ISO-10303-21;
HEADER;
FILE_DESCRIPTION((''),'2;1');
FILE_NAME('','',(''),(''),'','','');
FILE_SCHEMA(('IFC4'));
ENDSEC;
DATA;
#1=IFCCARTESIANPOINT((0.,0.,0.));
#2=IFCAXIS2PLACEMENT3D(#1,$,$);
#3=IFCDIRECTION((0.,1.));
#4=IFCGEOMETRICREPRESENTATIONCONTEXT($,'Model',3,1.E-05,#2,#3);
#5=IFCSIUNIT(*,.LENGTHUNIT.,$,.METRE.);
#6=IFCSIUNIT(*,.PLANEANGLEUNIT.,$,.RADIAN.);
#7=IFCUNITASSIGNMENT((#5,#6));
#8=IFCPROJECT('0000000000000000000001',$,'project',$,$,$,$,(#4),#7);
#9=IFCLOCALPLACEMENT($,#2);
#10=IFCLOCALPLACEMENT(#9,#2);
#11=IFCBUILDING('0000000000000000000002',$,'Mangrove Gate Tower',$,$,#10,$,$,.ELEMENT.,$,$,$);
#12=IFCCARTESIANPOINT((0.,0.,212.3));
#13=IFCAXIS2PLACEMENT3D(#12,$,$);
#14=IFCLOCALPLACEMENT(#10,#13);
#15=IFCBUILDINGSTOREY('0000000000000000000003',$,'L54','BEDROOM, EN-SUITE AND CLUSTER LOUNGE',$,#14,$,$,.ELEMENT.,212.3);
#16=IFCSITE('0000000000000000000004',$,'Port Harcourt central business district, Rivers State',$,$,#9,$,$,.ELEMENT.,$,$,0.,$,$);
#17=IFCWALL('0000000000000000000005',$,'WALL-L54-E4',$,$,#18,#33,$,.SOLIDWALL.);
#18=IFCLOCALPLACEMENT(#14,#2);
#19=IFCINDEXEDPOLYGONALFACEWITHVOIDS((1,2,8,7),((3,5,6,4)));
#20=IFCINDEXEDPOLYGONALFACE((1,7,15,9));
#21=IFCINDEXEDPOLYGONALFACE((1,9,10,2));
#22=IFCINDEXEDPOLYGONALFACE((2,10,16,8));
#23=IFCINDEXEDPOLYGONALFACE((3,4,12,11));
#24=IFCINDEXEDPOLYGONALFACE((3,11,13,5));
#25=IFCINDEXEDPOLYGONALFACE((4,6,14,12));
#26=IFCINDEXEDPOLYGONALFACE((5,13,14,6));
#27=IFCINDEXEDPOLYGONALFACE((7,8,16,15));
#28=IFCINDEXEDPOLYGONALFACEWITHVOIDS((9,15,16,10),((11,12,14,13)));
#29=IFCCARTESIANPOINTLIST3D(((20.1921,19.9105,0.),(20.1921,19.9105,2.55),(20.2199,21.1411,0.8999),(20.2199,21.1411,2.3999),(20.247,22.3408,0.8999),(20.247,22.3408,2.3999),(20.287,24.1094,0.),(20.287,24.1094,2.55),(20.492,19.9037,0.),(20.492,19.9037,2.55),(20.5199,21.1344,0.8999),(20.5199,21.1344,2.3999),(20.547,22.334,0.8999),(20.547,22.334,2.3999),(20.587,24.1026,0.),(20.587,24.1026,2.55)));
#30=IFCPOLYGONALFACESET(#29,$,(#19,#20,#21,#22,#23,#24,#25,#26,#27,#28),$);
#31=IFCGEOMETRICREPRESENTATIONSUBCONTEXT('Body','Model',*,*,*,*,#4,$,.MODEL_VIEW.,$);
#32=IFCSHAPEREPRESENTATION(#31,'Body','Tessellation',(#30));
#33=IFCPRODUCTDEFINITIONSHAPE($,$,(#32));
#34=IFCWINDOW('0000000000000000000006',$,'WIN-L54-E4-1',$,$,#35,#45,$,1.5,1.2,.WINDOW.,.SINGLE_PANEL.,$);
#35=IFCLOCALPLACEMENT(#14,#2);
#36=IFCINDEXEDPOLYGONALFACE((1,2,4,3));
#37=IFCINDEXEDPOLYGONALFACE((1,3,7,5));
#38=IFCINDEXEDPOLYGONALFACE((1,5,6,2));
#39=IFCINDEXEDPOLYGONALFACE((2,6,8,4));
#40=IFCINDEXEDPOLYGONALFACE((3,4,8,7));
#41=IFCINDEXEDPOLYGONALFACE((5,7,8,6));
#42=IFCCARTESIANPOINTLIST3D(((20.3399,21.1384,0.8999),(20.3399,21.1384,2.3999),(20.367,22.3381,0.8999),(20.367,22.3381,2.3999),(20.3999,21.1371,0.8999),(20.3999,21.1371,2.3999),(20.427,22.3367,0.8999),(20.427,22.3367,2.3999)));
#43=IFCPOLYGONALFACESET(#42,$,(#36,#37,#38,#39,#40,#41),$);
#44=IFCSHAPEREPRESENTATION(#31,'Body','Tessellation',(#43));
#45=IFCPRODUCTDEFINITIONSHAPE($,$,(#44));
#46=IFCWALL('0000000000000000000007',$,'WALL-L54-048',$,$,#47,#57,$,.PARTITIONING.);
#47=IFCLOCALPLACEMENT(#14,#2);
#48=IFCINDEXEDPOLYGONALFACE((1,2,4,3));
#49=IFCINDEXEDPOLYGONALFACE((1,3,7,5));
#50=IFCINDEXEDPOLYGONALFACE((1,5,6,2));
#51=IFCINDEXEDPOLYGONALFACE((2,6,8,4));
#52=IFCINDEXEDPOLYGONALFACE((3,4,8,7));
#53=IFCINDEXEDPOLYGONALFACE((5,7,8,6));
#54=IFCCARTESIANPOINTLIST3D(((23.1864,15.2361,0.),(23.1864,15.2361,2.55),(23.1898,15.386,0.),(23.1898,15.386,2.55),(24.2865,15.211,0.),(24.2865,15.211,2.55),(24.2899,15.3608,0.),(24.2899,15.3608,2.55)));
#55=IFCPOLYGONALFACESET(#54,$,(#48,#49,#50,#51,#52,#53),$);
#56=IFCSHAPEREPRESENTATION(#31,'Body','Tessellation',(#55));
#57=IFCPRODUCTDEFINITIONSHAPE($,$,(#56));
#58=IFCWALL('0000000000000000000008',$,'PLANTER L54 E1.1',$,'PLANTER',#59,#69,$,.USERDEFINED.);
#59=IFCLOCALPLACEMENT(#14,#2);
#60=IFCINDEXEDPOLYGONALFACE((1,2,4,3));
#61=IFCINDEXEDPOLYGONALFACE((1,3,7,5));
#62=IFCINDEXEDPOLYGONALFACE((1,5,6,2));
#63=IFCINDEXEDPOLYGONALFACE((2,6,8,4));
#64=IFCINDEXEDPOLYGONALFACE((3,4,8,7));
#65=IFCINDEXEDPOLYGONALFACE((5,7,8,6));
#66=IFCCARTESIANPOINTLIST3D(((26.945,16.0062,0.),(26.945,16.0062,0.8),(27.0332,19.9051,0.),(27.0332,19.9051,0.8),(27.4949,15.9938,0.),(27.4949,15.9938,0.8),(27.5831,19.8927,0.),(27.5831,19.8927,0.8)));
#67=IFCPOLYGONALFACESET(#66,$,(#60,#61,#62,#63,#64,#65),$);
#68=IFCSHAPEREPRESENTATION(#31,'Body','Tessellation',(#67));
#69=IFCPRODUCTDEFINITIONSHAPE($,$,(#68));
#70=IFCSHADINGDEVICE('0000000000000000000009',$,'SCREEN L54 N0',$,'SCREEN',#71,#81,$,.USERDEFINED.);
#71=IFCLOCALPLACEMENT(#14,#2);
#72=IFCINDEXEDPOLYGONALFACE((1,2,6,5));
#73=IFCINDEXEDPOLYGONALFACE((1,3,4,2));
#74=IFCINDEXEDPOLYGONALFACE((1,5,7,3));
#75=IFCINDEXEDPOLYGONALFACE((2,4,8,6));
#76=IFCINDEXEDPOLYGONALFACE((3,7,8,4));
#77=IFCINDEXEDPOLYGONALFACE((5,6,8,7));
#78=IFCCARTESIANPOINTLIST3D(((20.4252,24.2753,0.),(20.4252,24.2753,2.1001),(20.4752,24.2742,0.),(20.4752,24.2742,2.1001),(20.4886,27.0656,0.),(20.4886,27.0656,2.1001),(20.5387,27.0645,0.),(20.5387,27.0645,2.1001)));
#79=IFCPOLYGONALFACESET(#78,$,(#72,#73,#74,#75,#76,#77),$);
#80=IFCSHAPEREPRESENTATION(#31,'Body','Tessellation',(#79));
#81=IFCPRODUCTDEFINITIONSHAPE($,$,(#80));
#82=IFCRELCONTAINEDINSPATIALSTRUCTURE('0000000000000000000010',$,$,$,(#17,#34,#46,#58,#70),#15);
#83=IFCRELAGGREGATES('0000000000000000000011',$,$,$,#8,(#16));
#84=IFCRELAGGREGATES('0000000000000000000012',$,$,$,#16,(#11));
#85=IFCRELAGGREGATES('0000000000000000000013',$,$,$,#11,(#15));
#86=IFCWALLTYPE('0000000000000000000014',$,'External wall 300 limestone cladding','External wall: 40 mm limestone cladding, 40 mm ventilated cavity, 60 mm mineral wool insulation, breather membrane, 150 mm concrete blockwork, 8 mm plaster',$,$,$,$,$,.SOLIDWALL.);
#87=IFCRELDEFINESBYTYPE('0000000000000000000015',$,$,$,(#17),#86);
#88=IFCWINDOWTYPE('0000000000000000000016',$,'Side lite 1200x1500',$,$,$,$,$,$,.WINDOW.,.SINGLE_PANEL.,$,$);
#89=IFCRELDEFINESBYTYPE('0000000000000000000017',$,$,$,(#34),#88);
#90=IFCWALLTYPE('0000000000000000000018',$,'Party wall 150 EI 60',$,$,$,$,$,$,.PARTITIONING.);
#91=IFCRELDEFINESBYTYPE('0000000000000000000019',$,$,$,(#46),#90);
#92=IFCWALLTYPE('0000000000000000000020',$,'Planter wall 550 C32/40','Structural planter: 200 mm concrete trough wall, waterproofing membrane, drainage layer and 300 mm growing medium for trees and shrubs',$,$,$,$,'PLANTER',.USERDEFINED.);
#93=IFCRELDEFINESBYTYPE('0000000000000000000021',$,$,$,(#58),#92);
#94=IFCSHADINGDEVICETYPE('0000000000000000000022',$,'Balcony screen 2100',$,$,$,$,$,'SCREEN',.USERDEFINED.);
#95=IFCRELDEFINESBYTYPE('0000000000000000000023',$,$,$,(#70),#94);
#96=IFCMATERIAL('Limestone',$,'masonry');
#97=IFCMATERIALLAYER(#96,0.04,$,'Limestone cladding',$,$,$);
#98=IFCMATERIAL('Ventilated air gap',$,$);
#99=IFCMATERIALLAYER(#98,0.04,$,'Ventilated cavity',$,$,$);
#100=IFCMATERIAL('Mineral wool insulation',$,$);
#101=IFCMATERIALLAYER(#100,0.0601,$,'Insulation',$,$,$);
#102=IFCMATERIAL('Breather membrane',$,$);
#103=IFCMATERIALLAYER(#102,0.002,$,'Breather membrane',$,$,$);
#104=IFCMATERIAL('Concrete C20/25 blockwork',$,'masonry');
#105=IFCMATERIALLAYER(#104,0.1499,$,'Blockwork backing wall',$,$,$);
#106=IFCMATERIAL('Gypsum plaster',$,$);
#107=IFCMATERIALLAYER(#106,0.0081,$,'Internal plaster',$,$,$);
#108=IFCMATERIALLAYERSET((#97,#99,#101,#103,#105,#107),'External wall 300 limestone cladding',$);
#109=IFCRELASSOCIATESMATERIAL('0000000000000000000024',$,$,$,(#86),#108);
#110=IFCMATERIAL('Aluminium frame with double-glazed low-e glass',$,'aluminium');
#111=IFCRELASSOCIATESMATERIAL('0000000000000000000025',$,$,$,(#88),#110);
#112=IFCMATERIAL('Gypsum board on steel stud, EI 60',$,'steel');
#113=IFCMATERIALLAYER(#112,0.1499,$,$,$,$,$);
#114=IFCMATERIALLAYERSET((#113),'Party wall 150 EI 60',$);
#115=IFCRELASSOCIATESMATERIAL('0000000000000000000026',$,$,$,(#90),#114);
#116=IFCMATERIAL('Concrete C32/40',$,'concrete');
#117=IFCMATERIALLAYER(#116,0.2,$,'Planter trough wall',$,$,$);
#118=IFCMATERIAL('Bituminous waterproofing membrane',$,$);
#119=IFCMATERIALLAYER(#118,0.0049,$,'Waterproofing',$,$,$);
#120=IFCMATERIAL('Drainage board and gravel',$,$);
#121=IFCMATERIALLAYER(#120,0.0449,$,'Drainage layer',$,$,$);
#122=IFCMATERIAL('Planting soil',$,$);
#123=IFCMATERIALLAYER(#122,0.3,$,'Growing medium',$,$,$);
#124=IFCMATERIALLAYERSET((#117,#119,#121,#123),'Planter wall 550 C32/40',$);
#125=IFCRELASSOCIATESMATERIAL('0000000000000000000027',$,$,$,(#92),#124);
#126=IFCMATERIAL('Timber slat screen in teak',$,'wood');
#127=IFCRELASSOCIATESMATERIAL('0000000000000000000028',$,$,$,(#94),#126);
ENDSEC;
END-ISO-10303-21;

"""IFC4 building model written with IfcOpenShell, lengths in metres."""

from ifc_helpers import new_model, si_unit, direction, frame, frame_2d, origin, origin_2d, place, context, subcontext, project, spatial, rectangle, extrude, material, layer, layer_set, type_object, element, fill, save


model = new_model("IFC4")

# Units and contexts
model_context = context("Model", 3, precision=1e-05, world=origin(), true_north=direction((0.0, 1.0)))
body_context = subcontext(model_context, "Body", "Model", "MODEL_VIEW")
ifc_project = project(units=[si_unit("LENGTHUNIT", "METRE"), si_unit("PLANEANGLEUNIT", "RADIAN")], contexts=[model_context])

# Site, building, storey
site_placement = place(None, origin())
site = spatial("IfcSite", under=ifc_project, at=site_placement, Name="Port Harcourt central business district, Rivers State", CompositionType="ELEMENT", RefElevation=0.0)
building_placement = place(site_placement, origin())
building = spatial("IfcBuilding", under=site, at=building_placement, Name="Mangrove Gate Tower", CompositionType="ELEMENT")
storey_placement = place(building_placement, frame((0.0, 0.0, 212.3)))
storey = spatial("IfcBuildingStorey", under=building, at=storey_placement, Name="L54", Description="BEDROOM, EN-SUITE AND CLUSTER LOUNGE", CompositionType="ELEMENT", Elevation=212.3)

# Wall, opening, window
ifc_material_1 = material(Name="Limestone", Category="masonry")
ifc_layer_1 = layer(ifc_material_1, 0.04, Name="Limestone cladding")
ifc_material_2 = material(Name="Ventilated air gap")
ifc_layer_2 = layer(ifc_material_2, 0.04, Name="Ventilated cavity")
ifc_material_3 = material(Name="Mineral wool insulation")
ifc_layer_3 = layer(ifc_material_3, 0.0601, Name="Insulation")
ifc_material_4 = material(Name="Breather membrane")
ifc_layer_4 = layer(ifc_material_4, 0.002, Name="Breather membrane")
ifc_material_5 = material(Name="Concrete C20/25 blockwork", Category="masonry")
ifc_layer_5 = layer(ifc_material_5, 0.1499, Name="Blockwork backing wall")
ifc_material_6 = material(Name="Gypsum plaster")
ifc_layer_6 = layer(ifc_material_6, 0.0081, Name="Internal plaster")
ifc_layer_set_1 = layer_set([ifc_layer_1, ifc_layer_2, ifc_layer_3, ifc_layer_4, ifc_layer_5, ifc_layer_6], Name="External wall 300 limestone cladding")
wall_type_1 = type_object("IfcWallType", Name="External wall 300 limestone cladding", Description="External wall: 40 mm limestone cladding, 40 mm ventilated cavity, 60 mm mineral wool insulation, breather membrane, 150 mm concrete blockwork, 8 mm plaster", PredefinedType="SOLIDWALL", material=ifc_layer_set_1)
ifc_material_7 = material(Name="Aluminium frame with double-glazed low-e glass", Category="aluminium")
window_type_1 = type_object("IfcWindowType", Name="Side lite 1200x1500", PartitioningType="SINGLE_PANEL", PredefinedType="WINDOW", material=ifc_material_7)
wall_1_placement = place(storey_placement, frame((20.342, 19.907, 0.0), z_axis=(0.0, 0.0, 1.0), x_axis=(0.022612, 0.999744, 0.0)))
wall_1 = element("IfcWall", 1, at=wall_1_placement, inside=storey, type_object=wall_type_1, Name="WALL-L54-E4", PredefinedType="SOLIDWALL", context=body_context, shape_type="SweptSolid", body=[
    extrude(rectangle(XDim=4.2, YDim=0.3, at=frame_2d((2.1001, 0.0))), origin(), (0.0, 0.0, 1.0), 2.55),
])
opening_1_placement = place(wall_1_placement, frame((1.231, 0.0, 0.8999)))
opening_1 = element("IfcOpeningElement", 2, at=opening_1_placement, cuts=wall_1, PredefinedType="OPENING", context=body_context, shape_type="SweptSolid", body=[
    extrude(rectangle(XDim=1.2, YDim=1.5, at=frame_2d((0.6001, 0.75))), frame((0.0, 0.1599, 0.0), z_axis=(0.0, -1.0, 0.0), x_axis=(1.0, 0.0, 0.0)), (0.0, 0.0, 1.0), 0.3201),
])
window_1_placement = place(opening_1_placement, origin())
window_1 = element("IfcWindow", 3, at=window_1_placement, inside=storey, type_object=window_type_1, Name="WIN-L54-E4-1", OverallHeight=1.5, OverallWidth=1.2, PartitioningType="SINGLE_PANEL", PredefinedType="WINDOW", context=body_context, shape_type="SweptSolid", body=[
    extrude(rectangle(XDim=1.2, YDim=1.5, at=frame_2d((0.6001, 0.75))), frame((0.0, 0.03, 0.0), z_axis=(0.0, -1.0, 0.0), x_axis=(1.0, 0.0, 0.0)), (0.0, 0.0, 1.0), 0.0601),
])
fill(opening_1, window_1)

# Walls
ifc_material_8 = material(Name="Gypsum board on steel stud, EI 60", Category="steel")
ifc_layer_7 = layer(ifc_material_8, 0.1499)
ifc_layer_set_2 = layer_set([ifc_layer_7], Name="Party wall 150 EI 60")
wall_type_2 = type_object("IfcWallType", Name="Party wall 150 EI 60", PredefinedType="PARTITIONING", material=ifc_layer_set_2)
wall_2_placement = place(storey_placement, frame((23.188, 15.311, 0.0), z_axis=(0.0, 0.0, 1.0), x_axis=(0.999739, -0.022852, 0.0)))
element("IfcWall", 4, at=wall_2_placement, inside=storey, type_object=wall_type_2, Name="WALL-L54-048", PredefinedType="PARTITIONING", context=body_context, shape_type="SweptSolid", body=[
    extrude(rectangle(XDim=1.1003, YDim=0.1499, at=frame_2d((0.5503, 0.0))), origin(), (0.0, 0.0, 1.0), 2.55),
])
ifc_material_9 = material(Name="Concrete C32/40", Category="concrete")
ifc_layer_8 = layer(ifc_material_9, 0.2, Name="Planter trough wall")
ifc_material_10 = material(Name="Bituminous waterproofing membrane")
ifc_layer_9 = layer(ifc_material_10, 0.0049, Name="Waterproofing")
ifc_material_11 = material(Name="Drainage board and gravel")
ifc_layer_10 = layer(ifc_material_11, 0.0449, Name="Drainage layer")
ifc_material_12 = material(Name="Planting soil")
ifc_layer_11 = layer(ifc_material_12, 0.3, Name="Growing medium")
ifc_layer_set_3 = layer_set([ifc_layer_8, ifc_layer_9, ifc_layer_10, ifc_layer_11], Name="Planter wall 550 C32/40")
wall_type_3 = type_object("IfcWallType", Name="Planter wall 550 C32/40", Description="Structural planter: 200 mm concrete trough wall, waterproofing membrane, drainage layer and 300 mm growing medium for trees and shrubs", ElementType="PLANTER", PredefinedType="USERDEFINED", material=ifc_layer_set_3)
wall_3_placement = place(storey_placement, frame((27.22, 16.0, 0.0), z_axis=(0.0, 0.0, 1.0), x_axis=(0.022599, 0.999745, 0.0)))
element("IfcWall", 5, at=wall_3_placement, inside=storey, type_object=wall_type_3, Name="PLANTER L54 E1.1", ObjectType="PLANTER", PredefinedType="USERDEFINED", context=body_context, shape_type="SweptSolid", body=[
    extrude(rectangle(XDim=3.8999, YDim=0.55, at=frame_2d((1.95, 0.0))), origin(), (0.0, 0.0, 1.0), 0.8),
])

# Shading device
ifc_material_13 = material(Name="Timber slat screen in teak", Category="wood")
shading_device_type = type_object("IfcShadingDeviceType", Name="Balcony screen 2100", ElementType="SCREEN", PredefinedType="USERDEFINED", material=ifc_material_13)
shading_device_placement = place(storey_placement, frame((20.4819, 25.6699, 0.0), z_axis=(0.0, 0.0, 1.0), x_axis=(0.02274, 0.999741, 0.0)))
element("IfcShadingDevice", 6, at=shading_device_placement, inside=storey, type_object=shading_device_type, Name="SCREEN L54 N0", ObjectType="SCREEN", PredefinedType="USERDEFINED", context=body_context, shape_type="SweptSolid", body=[
    extrude(rectangle(XDim=2.791, YDim=0.05, at=origin_2d()), origin(), (0.0, 0.0, 1.0), 2.1001),
])

save(model, "model.ifc")
